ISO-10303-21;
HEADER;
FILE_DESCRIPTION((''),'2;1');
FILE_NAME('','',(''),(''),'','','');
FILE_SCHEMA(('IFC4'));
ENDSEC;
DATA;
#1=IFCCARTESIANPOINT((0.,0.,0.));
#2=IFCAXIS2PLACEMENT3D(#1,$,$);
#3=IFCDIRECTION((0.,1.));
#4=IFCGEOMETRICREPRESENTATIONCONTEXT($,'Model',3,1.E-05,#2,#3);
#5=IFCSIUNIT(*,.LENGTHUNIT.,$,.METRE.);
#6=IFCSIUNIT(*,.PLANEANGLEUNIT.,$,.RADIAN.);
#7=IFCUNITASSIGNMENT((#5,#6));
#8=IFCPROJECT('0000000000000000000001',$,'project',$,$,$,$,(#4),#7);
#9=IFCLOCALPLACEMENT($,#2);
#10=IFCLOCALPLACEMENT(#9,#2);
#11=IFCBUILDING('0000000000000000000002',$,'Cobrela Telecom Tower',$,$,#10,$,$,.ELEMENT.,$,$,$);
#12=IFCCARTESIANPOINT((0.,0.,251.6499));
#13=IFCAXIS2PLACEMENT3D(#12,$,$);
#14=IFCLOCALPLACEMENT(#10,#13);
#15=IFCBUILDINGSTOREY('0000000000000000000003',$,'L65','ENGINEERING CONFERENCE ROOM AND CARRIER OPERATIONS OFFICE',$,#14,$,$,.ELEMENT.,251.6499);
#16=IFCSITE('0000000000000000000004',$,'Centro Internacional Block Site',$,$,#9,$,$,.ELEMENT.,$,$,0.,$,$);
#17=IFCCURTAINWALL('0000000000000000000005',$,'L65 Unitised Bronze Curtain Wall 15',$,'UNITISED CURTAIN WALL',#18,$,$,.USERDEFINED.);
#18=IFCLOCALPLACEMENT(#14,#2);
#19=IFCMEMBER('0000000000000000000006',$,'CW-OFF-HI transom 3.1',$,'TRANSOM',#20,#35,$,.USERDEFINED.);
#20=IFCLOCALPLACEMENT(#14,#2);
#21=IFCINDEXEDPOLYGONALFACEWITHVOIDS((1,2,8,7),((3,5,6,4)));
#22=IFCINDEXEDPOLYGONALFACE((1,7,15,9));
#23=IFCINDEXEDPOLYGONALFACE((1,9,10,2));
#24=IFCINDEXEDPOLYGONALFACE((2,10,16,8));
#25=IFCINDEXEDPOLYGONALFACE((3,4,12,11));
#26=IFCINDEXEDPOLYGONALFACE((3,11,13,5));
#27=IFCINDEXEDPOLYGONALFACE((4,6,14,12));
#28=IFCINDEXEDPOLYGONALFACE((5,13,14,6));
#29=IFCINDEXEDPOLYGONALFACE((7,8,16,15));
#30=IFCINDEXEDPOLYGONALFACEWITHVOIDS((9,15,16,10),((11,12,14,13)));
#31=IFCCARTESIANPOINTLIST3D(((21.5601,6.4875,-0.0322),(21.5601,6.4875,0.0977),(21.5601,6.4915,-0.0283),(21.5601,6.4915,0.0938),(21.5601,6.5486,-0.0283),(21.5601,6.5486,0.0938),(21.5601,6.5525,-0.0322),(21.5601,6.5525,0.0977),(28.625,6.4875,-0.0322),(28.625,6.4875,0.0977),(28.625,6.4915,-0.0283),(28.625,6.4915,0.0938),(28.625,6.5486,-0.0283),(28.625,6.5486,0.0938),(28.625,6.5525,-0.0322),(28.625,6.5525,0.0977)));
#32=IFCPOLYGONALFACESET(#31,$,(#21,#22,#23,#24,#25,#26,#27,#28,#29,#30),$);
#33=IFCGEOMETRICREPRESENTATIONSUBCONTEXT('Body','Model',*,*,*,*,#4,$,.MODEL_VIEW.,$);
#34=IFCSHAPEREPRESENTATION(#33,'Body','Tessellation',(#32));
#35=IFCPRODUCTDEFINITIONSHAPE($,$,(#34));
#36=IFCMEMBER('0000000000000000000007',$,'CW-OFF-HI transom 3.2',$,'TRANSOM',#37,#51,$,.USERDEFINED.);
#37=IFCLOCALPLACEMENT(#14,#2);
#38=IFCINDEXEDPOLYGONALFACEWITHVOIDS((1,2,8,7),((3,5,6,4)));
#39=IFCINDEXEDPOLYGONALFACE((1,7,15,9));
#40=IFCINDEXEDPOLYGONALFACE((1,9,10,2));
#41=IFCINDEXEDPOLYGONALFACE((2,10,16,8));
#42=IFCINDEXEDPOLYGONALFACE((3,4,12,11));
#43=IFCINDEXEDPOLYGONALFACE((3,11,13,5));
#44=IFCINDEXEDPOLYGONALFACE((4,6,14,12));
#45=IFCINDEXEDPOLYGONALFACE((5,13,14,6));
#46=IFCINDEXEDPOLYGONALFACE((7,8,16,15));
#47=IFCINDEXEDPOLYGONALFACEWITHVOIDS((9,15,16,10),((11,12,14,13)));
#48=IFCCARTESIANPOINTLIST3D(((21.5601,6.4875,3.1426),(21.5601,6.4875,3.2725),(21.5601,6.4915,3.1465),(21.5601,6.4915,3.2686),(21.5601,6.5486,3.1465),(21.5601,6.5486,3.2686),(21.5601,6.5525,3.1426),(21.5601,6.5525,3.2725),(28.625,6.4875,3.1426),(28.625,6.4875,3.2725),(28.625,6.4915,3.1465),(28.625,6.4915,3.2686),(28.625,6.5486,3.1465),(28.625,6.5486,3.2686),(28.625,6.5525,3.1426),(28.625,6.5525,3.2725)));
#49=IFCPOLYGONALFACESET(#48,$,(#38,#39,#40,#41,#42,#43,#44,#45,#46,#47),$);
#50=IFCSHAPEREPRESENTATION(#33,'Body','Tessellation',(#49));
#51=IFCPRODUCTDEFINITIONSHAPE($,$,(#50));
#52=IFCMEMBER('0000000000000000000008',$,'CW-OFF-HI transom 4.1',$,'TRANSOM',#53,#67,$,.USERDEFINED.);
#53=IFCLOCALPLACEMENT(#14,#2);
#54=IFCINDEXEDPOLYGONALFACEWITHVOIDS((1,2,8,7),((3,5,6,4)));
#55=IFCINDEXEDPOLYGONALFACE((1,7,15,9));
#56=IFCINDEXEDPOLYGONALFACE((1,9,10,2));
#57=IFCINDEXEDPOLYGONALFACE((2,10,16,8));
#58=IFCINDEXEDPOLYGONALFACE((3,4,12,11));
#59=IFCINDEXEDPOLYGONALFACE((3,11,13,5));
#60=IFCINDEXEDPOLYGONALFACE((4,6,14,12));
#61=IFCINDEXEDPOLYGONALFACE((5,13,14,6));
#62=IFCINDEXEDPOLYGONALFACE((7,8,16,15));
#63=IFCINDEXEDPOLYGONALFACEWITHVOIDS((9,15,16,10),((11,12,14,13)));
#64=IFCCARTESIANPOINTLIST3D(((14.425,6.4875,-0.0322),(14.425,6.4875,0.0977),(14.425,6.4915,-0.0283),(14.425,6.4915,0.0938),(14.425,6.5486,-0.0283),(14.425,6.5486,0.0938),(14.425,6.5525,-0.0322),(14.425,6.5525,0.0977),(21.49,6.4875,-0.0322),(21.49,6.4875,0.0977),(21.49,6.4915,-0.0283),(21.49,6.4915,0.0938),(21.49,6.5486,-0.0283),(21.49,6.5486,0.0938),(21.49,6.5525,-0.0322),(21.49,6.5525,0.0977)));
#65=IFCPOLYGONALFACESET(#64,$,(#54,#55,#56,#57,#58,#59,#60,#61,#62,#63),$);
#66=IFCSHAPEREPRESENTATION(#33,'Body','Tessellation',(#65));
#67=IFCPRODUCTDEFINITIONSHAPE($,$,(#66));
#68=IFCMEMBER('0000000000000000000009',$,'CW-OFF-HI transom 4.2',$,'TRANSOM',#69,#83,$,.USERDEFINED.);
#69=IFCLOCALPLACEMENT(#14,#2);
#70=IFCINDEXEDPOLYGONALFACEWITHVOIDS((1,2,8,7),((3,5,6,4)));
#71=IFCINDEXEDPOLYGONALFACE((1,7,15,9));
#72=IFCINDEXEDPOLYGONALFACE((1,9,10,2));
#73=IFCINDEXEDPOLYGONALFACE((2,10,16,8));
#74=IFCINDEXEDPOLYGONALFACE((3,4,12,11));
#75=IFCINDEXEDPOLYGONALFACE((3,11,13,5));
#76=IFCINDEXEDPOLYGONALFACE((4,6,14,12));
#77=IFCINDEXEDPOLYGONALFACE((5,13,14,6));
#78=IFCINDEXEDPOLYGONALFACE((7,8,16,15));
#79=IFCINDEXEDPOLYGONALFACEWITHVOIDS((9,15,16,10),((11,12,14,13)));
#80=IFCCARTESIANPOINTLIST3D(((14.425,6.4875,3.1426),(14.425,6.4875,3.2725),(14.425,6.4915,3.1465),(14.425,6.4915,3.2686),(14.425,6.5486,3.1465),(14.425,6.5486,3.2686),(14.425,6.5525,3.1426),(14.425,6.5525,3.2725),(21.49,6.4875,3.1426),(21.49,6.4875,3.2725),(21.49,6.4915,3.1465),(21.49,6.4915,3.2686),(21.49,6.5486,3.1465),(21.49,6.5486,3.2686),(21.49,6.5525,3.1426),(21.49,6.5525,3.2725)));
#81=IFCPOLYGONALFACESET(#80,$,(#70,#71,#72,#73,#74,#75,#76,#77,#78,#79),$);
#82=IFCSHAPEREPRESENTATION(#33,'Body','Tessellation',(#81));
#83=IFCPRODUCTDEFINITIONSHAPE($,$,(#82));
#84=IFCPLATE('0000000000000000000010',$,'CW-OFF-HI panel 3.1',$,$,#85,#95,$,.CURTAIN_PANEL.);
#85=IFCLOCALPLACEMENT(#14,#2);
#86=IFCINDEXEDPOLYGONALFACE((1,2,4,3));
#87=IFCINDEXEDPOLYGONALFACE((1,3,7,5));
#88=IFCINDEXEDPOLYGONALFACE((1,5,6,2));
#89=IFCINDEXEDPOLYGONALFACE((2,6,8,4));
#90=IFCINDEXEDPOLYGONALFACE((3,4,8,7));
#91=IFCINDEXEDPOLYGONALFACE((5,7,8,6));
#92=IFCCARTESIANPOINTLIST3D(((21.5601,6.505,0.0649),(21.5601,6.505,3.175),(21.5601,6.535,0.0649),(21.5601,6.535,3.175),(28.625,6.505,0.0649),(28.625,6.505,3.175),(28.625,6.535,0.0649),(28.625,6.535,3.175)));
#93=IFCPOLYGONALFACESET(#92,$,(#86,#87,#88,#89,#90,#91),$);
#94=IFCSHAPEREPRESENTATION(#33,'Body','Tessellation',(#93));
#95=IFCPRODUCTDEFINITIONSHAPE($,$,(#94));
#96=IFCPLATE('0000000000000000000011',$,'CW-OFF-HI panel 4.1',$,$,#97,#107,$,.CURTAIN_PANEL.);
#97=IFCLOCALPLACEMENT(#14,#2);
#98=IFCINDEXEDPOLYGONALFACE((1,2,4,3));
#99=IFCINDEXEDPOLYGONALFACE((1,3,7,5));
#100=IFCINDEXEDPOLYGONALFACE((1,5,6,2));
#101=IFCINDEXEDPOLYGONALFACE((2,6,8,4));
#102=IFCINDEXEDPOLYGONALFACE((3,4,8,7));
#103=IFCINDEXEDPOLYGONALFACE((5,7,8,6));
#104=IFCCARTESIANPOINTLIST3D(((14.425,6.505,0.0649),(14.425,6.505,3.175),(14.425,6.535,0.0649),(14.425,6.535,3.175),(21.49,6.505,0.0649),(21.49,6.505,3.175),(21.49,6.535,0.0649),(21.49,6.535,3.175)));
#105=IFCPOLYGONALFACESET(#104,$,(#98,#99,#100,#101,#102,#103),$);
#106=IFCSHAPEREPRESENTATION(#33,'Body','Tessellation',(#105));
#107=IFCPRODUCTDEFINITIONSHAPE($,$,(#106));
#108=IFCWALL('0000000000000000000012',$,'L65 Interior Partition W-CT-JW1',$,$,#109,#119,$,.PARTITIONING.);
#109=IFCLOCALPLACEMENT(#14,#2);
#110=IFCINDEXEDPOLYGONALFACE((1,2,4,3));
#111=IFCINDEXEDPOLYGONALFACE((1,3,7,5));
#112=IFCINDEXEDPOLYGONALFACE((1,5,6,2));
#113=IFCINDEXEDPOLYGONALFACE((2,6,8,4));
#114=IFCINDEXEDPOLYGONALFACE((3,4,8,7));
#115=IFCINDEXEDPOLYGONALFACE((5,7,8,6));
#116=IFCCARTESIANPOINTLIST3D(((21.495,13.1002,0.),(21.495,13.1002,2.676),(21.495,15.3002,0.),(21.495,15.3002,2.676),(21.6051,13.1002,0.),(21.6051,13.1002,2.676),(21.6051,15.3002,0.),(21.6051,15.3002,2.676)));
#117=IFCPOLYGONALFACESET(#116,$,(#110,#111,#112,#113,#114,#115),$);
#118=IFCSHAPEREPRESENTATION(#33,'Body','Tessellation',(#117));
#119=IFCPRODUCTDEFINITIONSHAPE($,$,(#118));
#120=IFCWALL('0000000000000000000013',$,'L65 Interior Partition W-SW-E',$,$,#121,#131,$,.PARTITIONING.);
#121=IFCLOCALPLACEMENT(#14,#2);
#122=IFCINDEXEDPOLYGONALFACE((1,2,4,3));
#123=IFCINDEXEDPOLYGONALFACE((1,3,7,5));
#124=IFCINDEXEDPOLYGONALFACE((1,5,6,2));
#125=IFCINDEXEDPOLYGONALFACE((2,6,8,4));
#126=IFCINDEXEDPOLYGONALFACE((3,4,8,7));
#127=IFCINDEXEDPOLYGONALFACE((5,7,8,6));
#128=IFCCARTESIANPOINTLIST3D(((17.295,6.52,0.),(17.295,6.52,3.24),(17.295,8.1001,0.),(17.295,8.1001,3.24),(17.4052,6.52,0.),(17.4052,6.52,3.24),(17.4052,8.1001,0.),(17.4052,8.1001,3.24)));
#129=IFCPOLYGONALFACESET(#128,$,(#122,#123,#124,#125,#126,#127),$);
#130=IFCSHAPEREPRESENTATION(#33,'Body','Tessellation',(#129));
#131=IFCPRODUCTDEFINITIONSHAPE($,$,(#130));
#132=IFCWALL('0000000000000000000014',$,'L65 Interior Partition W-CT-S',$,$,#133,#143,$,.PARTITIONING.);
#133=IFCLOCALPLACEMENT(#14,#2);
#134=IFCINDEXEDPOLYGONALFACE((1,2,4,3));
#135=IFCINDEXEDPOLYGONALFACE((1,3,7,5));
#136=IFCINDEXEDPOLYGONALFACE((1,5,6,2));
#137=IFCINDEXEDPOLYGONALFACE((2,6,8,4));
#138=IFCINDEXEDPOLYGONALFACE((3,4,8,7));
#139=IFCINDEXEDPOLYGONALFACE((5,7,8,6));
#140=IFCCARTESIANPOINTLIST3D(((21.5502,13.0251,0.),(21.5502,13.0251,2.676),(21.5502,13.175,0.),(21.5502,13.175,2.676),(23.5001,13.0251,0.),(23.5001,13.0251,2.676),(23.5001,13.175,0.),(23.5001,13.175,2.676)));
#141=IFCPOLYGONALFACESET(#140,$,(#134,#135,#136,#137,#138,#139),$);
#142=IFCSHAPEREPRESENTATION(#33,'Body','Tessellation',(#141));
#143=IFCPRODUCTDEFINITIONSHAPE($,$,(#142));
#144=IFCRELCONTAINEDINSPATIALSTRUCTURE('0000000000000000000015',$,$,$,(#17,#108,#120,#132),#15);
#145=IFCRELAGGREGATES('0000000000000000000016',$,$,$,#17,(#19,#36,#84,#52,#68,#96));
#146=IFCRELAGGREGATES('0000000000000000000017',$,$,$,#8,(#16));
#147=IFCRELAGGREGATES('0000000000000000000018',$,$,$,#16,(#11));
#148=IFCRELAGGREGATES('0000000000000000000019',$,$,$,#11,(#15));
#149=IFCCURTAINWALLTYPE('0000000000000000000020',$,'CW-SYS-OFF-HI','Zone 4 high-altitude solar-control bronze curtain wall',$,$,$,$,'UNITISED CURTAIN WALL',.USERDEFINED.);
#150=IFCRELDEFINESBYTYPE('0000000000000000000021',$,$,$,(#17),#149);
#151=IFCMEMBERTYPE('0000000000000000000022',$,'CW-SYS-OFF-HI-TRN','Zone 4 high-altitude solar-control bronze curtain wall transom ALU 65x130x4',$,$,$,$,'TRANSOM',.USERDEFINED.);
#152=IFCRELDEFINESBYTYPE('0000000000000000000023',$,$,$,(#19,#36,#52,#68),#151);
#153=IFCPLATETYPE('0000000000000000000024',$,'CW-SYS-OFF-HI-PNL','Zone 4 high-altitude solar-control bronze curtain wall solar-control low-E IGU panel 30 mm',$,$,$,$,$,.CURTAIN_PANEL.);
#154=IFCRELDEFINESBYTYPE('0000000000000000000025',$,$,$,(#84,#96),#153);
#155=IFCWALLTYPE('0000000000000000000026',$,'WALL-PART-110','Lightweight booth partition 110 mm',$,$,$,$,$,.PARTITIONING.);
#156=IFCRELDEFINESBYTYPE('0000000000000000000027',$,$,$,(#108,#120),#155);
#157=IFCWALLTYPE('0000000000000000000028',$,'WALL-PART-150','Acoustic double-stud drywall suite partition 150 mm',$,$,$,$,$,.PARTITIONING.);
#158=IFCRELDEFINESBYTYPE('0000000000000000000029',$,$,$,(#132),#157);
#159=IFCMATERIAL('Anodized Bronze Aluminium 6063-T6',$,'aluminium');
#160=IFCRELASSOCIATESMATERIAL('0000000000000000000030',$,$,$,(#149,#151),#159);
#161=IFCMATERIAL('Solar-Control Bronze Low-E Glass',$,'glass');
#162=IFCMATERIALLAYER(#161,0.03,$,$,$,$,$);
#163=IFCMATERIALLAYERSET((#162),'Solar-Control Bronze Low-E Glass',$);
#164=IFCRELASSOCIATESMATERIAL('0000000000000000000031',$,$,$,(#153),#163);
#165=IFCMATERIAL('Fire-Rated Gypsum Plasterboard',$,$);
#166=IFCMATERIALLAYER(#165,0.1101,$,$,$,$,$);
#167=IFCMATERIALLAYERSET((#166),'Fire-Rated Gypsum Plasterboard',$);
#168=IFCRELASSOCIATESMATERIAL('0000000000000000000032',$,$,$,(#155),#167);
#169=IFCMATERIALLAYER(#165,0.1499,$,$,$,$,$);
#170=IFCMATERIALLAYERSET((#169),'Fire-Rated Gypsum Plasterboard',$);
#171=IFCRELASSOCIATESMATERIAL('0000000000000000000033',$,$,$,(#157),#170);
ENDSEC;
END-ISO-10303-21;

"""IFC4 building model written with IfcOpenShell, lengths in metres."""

from ifc_helpers import new_model, si_unit, direction, frame, frame_2d, origin, origin_2d, place, context, subcontext, project, spatial, rectangle, hollow_rectangle, extrude, material, layer, layer_set, material_profile, profile_set, type_object, element, aggregate, save


model = new_model("IFC4")

# Units and contexts
model_context = context("Model", 3, precision=1e-05, world=origin(), true_north=direction((0.0, 1.0)))
body_context = subcontext(model_context, "Body", "Model", "MODEL_VIEW")
ifc_project = project(units=[si_unit("LENGTHUNIT", "METRE"), si_unit("PLANEANGLEUNIT", "RADIAN")], contexts=[model_context])

# Site, building, storey
site_placement = place(None, origin())
site = spatial("IfcSite", under=ifc_project, at=site_placement, Name="Centro Internacional Block Site", CompositionType="ELEMENT", RefElevation=0.0)
building_placement = place(site_placement, origin())
building = spatial("IfcBuilding", under=site, at=building_placement, Name="Cobrela Telecom Tower", CompositionType="ELEMENT")
storey_placement = place(building_placement, frame((0.0, 0.0, 251.6499)))
storey = spatial("IfcBuildingStorey", under=building, at=storey_placement, Name="L65", Description="ENGINEERING CONFERENCE ROOM AND CARRIER OPERATIONS OFFICE", CompositionType="ELEMENT", Elevation=251.6499)

# Curtain wall, members, plates
ifc_material_1 = material(Name="Anodized Bronze Aluminium 6063-T6", Category="aluminium")
curtain_wall_type = type_object("IfcCurtainWallType", Name="CW-SYS-OFF-HI", Description="Zone 4 high-altitude solar-control bronze curtain wall", ElementType="UNITISED CURTAIN WALL", PredefinedType="USERDEFINED", material=ifc_material_1)
curtain_wall_placement = place(storey_placement, origin())
curtain_wall = element("IfcCurtainWall", 1, at=curtain_wall_placement, inside=storey, type_object=curtain_wall_type, Name="L65 Unitised Bronze Curtain Wall 15", ObjectType="UNITISED CURTAIN WALL", PredefinedType="USERDEFINED")
ifc_material_profile_1 = material_profile(ifc_material_1, hollow_rectangle(XDim=0.0649, YDim=0.1299, WallThickness=0.0039, at=origin_2d()), Name="ALU 65x130x4")
ifc_profile_set_1 = profile_set([ifc_material_profile_1], Name="Anodized Bronze Aluminium 6063-T6")
member_type_1 = type_object("IfcMemberType", Name="CW-SYS-OFF-HI-TRN", Description="Zone 4 high-altitude solar-control bronze curtain wall transom ALU 65x130x4", ElementType="TRANSOM", PredefinedType="USERDEFINED", material=ifc_profile_set_1)
member_1_placement = place(storey_placement, frame((28.625, 6.52, 0.0327), z_axis=(-1.0, 0.0, 0.0), x_axis=(0.0, -1.0, 0.0)))
member_1 = element("IfcMember", 2, at=member_1_placement, type_object=member_type_1, Name="CW-OFF-HI transom 3.1", ObjectType="TRANSOM", PredefinedType="USERDEFINED", context=body_context, shape_type="SweptSolid", body=[
    extrude(hollow_rectangle(XDim=0.0649, YDim=0.1299, WallThickness=0.0039, at=origin_2d()), origin(), (0.0, 0.0, 1.0), 7.0649),
])
member_2_placement = place(storey_placement, frame((28.625, 6.52, 3.2075), z_axis=(-1.0, 0.0, 0.0), x_axis=(0.0, -1.0, 0.0)))
member_2 = element("IfcMember", 3, at=member_2_placement, type_object=member_type_1, Name="CW-OFF-HI transom 3.2", ObjectType="TRANSOM", PredefinedType="USERDEFINED", context=body_context, shape_type="SweptSolid", body=[
    extrude(hollow_rectangle(XDim=0.0649, YDim=0.1299, WallThickness=0.0039, at=origin_2d()), origin(), (0.0, 0.0, 1.0), 7.0649),
])
member_3_placement = place(storey_placement, frame((21.49, 6.52, 0.0327), z_axis=(-1.0, 0.0, 0.0), x_axis=(0.0, -1.0, 0.0)))
member_3 = element("IfcMember", 4, at=member_3_placement, type_object=member_type_1, Name="CW-OFF-HI transom 4.1", ObjectType="TRANSOM", PredefinedType="USERDEFINED", context=body_context, shape_type="SweptSolid", body=[
    extrude(hollow_rectangle(XDim=0.0649, YDim=0.1299, WallThickness=0.0039, at=origin_2d()), origin(), (0.0, 0.0, 1.0), 7.0649),
])
member_4_placement = place(storey_placement, frame((21.49, 6.52, 3.2075), z_axis=(-1.0, 0.0, 0.0), x_axis=(0.0, -1.0, 0.0)))
member_4 = element("IfcMember", 5, at=member_4_placement, type_object=member_type_1, Name="CW-OFF-HI transom 4.2", ObjectType="TRANSOM", PredefinedType="USERDEFINED", context=body_context, shape_type="SweptSolid", body=[
    extrude(hollow_rectangle(XDim=0.0649, YDim=0.1299, WallThickness=0.0039, at=origin_2d()), origin(), (0.0, 0.0, 1.0), 7.0649),
])
ifc_material_2 = material(Name="Solar-Control Bronze Low-E Glass", Category="glass")
ifc_layer_1 = layer(ifc_material_2, 0.03)
ifc_layer_set_1 = layer_set([ifc_layer_1], Name="Solar-Control Bronze Low-E Glass")
plate_type = type_object("IfcPlateType", Name="CW-SYS-OFF-HI-PNL", Description="Zone 4 high-altitude solar-control bronze curtain wall solar-control low-E IGU panel 30 mm", PredefinedType="CURTAIN_PANEL", material=ifc_layer_set_1)
plate_1_placement = place(storey_placement, frame((25.0925, 6.52, 0.0649), z_axis=(0.0, 0.0, 1.0), x_axis=(-1.0, 0.0, 0.0)))
plate_1 = element("IfcPlate", 6, at=plate_1_placement, type_object=plate_type, Name="CW-OFF-HI panel 3.1", PredefinedType="CURTAIN_PANEL", context=body_context, shape_type="SweptSolid", body=[
    extrude(rectangle(XDim=7.0649, YDim=0.03, at=origin_2d()), origin(), (0.0, 0.0, 1.0), 3.1101),
])
plate_2_placement = place(storey_placement, frame((17.9575, 6.52, 0.0649), z_axis=(0.0, 0.0, 1.0), x_axis=(-1.0, 0.0, 0.0)))
plate_2 = element("IfcPlate", 7, at=plate_2_placement, type_object=plate_type, Name="CW-OFF-HI panel 4.1", PredefinedType="CURTAIN_PANEL", context=body_context, shape_type="SweptSolid", body=[
    extrude(rectangle(XDim=7.0649, YDim=0.03, at=origin_2d()), origin(), (0.0, 0.0, 1.0), 3.1101),
])
aggregate(curtain_wall, [member_1, member_2, plate_1, member_3, member_4, plate_2])

# Shared definitions
ifc_material_3 = material(Name="Fire-Rated Gypsum Plasterboard")
ifc_layer_2 = layer(ifc_material_3, 0.1101)
ifc_layer_set_2 = layer_set([ifc_layer_2], Name="Fire-Rated Gypsum Plasterboard")
wall_type_1 = type_object("IfcWallType", Name="WALL-PART-110", Description="Lightweight booth partition 110 mm", PredefinedType="PARTITIONING", material=ifc_layer_set_2)

# Walls
wall_1_placement = place(storey_placement, frame((21.55, 13.1001, 0.0), z_axis=(0.0, 0.0, 1.0), x_axis=(0.0, 1.0, 0.0)))
element("IfcWall", 8, at=wall_1_placement, inside=storey, type_object=wall_type_1, Name="L65 Interior Partition W-CT-JW1", PredefinedType="PARTITIONING", context=body_context, shape_type="SweptSolid", body=[
    extrude(rectangle(XDim=2.2, YDim=0.1101, at=frame_2d((1.1001, 0.0))), origin(), (0.0, 0.0, 1.0), 2.676),
])
wall_2_placement = place(storey_placement, frame((17.3501, 6.52, 0.0), z_axis=(0.0, 0.0, 1.0), x_axis=(0.0, 1.0, 0.0)))
element("IfcWall", 9, at=wall_2_placement, inside=storey, type_object=wall_type_1, Name="L65 Interior Partition W-SW-E", PredefinedType="PARTITIONING", context=body_context, shape_type="SweptSolid", body=[
    extrude(rectangle(XDim=1.5801, YDim=0.1101, at=frame_2d((0.79, 0.0))), origin(), (0.0, 0.0, 1.0), 3.24),
])
ifc_layer_3 = layer(ifc_material_3, 0.1499)
ifc_layer_set_3 = layer_set([ifc_layer_3], Name="Fire-Rated Gypsum Plasterboard")
wall_type_2 = type_object("IfcWallType", Name="WALL-PART-150", Description="Acoustic double-stud drywall suite partition 150 mm", PredefinedType="PARTITIONING", material=ifc_layer_set_3)
wall_3_placement = place(storey_placement, frame((21.55, 13.1001, 0.0), z_axis=(0.0, 0.0, 1.0), x_axis=(1.0, 0.0, 0.0)))
element("IfcWall", 10, at=wall_3_placement, inside=storey, type_object=wall_type_2, Name="L65 Interior Partition W-CT-S", PredefinedType="PARTITIONING", context=body_context, shape_type="SweptSolid", body=[
    extrude(rectangle(XDim=1.95, YDim=0.1499, at=frame_2d((0.9751, 0.0))), origin(), (0.0, 0.0, 1.0), 2.676),
])

save(model, "model.ifc")
